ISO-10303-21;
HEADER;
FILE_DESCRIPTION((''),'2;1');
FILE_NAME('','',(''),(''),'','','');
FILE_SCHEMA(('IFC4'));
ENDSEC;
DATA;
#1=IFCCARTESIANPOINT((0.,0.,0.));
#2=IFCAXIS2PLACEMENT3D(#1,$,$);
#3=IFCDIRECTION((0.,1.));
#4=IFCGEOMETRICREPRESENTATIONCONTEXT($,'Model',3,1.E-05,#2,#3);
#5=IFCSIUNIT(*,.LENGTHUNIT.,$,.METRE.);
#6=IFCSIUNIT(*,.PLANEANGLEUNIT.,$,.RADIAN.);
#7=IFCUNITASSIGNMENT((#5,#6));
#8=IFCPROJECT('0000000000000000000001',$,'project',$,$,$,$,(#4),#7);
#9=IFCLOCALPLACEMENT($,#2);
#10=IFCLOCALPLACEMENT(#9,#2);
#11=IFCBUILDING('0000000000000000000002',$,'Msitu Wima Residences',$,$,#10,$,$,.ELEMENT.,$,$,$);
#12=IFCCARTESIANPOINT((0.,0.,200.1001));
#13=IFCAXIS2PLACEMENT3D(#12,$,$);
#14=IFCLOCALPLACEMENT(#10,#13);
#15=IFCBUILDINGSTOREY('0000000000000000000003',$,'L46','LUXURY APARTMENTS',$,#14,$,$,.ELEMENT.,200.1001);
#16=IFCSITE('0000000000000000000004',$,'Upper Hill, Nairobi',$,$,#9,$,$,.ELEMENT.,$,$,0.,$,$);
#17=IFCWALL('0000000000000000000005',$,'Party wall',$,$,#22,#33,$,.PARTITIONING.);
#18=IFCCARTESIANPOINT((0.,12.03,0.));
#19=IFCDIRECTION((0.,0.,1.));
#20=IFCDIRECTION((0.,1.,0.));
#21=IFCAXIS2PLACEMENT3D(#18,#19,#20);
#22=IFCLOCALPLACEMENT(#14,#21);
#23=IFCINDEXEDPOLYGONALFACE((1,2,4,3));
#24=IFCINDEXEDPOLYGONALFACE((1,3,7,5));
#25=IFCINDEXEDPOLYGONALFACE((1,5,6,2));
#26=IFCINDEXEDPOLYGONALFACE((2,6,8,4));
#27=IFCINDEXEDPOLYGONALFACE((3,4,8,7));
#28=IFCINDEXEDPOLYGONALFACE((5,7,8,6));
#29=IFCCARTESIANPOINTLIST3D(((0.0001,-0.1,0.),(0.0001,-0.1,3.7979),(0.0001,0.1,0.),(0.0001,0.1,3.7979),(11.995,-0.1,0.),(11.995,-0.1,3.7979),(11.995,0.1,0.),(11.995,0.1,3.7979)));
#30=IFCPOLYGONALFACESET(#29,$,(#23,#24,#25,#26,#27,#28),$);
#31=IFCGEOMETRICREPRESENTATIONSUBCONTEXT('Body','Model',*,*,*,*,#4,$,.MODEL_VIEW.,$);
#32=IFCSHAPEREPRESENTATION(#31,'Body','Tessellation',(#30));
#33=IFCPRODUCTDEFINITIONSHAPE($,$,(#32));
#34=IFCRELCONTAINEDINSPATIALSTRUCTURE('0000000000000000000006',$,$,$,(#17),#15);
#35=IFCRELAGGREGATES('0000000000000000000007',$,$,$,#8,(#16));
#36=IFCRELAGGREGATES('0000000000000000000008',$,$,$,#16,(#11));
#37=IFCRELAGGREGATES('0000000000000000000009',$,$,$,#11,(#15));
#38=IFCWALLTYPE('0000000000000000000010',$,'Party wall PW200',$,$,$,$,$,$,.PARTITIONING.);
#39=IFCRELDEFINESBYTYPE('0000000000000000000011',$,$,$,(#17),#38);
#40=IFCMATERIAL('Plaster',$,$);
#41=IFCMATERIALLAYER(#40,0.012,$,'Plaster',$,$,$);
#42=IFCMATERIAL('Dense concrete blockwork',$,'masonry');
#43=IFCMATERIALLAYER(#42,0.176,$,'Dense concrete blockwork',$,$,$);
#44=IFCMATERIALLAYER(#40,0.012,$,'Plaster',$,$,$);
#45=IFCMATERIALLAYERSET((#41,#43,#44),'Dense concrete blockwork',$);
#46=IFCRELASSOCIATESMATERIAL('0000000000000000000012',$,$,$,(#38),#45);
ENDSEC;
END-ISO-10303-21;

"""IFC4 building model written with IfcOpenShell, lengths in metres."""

from ifc_helpers import new_model, si_unit, direction, frame, frame_2d, origin, place, context, subcontext, project, spatial, rectangle, extrude, material, layer, layer_set, type_object, element, save


model = new_model("IFC4")

# Units and contexts
model_context = context("Model", 3, precision=1e-05, world=origin(), true_north=direction((0.0, 1.0)))
body_context = subcontext(model_context, "Body", "Model", "MODEL_VIEW")
ifc_project = project(units=[si_unit("LENGTHUNIT", "METRE"), si_unit("PLANEANGLEUNIT", "RADIAN")], contexts=[model_context])

# Site, building, storey
site_placement = place(None, origin())
site = spatial("IfcSite", under=ifc_project, at=site_placement, Name="Upper Hill, Nairobi", CompositionType="ELEMENT", RefElevation=0.0)
building_placement = place(site_placement, origin())
building = spatial("IfcBuilding", under=site, at=building_placement, Name="Msitu Wima Residences", CompositionType="ELEMENT")
storey_placement = place(building_placement, frame((0.0, 0.0, 200.1001)))
storey = spatial("IfcBuildingStorey", under=building, at=storey_placement, Name="L46", Description="LUXURY APARTMENTS", CompositionType="ELEMENT", Elevation=200.1001)

# Wall
ifc_material_1 = material(Name="Plaster")
ifc_layer_1 = layer(ifc_material_1, 0.012, Name="Plaster")
ifc_material_2 = material(Name="Dense concrete blockwork", Category="masonry")
ifc_layer_2 = layer(ifc_material_2, 0.176, Name="Dense concrete blockwork")
ifc_layer_3 = layer(ifc_material_1, 0.012, Name="Plaster")
ifc_layer_set_1 = layer_set([ifc_layer_1, ifc_layer_2, ifc_layer_3], Name="Dense concrete blockwork")
wall_type_1 = type_object("IfcWallType", Name="Party wall PW200", PredefinedType="PARTITIONING", material=ifc_layer_set_1)
wall_1_placement = place(storey_placement, frame((0.0, 12.03, 0.0), z_axis=(0.0, 0.0, 1.0), x_axis=(0.0, 1.0, 0.0)))
element("IfcWall", 1, at=wall_1_placement, inside=storey, type_object=wall_type_1, Name="Party wall", PredefinedType="PARTITIONING", context=body_context, shape_type="SweptSolid", body=[
    extrude(rectangle(XDim=11.9949, YDim=0.2, at=frame_2d((5.9976, 0.0))), origin(), (0.0, 0.0, 1.0), 3.7979),
])

save(model, "model.ifc")
